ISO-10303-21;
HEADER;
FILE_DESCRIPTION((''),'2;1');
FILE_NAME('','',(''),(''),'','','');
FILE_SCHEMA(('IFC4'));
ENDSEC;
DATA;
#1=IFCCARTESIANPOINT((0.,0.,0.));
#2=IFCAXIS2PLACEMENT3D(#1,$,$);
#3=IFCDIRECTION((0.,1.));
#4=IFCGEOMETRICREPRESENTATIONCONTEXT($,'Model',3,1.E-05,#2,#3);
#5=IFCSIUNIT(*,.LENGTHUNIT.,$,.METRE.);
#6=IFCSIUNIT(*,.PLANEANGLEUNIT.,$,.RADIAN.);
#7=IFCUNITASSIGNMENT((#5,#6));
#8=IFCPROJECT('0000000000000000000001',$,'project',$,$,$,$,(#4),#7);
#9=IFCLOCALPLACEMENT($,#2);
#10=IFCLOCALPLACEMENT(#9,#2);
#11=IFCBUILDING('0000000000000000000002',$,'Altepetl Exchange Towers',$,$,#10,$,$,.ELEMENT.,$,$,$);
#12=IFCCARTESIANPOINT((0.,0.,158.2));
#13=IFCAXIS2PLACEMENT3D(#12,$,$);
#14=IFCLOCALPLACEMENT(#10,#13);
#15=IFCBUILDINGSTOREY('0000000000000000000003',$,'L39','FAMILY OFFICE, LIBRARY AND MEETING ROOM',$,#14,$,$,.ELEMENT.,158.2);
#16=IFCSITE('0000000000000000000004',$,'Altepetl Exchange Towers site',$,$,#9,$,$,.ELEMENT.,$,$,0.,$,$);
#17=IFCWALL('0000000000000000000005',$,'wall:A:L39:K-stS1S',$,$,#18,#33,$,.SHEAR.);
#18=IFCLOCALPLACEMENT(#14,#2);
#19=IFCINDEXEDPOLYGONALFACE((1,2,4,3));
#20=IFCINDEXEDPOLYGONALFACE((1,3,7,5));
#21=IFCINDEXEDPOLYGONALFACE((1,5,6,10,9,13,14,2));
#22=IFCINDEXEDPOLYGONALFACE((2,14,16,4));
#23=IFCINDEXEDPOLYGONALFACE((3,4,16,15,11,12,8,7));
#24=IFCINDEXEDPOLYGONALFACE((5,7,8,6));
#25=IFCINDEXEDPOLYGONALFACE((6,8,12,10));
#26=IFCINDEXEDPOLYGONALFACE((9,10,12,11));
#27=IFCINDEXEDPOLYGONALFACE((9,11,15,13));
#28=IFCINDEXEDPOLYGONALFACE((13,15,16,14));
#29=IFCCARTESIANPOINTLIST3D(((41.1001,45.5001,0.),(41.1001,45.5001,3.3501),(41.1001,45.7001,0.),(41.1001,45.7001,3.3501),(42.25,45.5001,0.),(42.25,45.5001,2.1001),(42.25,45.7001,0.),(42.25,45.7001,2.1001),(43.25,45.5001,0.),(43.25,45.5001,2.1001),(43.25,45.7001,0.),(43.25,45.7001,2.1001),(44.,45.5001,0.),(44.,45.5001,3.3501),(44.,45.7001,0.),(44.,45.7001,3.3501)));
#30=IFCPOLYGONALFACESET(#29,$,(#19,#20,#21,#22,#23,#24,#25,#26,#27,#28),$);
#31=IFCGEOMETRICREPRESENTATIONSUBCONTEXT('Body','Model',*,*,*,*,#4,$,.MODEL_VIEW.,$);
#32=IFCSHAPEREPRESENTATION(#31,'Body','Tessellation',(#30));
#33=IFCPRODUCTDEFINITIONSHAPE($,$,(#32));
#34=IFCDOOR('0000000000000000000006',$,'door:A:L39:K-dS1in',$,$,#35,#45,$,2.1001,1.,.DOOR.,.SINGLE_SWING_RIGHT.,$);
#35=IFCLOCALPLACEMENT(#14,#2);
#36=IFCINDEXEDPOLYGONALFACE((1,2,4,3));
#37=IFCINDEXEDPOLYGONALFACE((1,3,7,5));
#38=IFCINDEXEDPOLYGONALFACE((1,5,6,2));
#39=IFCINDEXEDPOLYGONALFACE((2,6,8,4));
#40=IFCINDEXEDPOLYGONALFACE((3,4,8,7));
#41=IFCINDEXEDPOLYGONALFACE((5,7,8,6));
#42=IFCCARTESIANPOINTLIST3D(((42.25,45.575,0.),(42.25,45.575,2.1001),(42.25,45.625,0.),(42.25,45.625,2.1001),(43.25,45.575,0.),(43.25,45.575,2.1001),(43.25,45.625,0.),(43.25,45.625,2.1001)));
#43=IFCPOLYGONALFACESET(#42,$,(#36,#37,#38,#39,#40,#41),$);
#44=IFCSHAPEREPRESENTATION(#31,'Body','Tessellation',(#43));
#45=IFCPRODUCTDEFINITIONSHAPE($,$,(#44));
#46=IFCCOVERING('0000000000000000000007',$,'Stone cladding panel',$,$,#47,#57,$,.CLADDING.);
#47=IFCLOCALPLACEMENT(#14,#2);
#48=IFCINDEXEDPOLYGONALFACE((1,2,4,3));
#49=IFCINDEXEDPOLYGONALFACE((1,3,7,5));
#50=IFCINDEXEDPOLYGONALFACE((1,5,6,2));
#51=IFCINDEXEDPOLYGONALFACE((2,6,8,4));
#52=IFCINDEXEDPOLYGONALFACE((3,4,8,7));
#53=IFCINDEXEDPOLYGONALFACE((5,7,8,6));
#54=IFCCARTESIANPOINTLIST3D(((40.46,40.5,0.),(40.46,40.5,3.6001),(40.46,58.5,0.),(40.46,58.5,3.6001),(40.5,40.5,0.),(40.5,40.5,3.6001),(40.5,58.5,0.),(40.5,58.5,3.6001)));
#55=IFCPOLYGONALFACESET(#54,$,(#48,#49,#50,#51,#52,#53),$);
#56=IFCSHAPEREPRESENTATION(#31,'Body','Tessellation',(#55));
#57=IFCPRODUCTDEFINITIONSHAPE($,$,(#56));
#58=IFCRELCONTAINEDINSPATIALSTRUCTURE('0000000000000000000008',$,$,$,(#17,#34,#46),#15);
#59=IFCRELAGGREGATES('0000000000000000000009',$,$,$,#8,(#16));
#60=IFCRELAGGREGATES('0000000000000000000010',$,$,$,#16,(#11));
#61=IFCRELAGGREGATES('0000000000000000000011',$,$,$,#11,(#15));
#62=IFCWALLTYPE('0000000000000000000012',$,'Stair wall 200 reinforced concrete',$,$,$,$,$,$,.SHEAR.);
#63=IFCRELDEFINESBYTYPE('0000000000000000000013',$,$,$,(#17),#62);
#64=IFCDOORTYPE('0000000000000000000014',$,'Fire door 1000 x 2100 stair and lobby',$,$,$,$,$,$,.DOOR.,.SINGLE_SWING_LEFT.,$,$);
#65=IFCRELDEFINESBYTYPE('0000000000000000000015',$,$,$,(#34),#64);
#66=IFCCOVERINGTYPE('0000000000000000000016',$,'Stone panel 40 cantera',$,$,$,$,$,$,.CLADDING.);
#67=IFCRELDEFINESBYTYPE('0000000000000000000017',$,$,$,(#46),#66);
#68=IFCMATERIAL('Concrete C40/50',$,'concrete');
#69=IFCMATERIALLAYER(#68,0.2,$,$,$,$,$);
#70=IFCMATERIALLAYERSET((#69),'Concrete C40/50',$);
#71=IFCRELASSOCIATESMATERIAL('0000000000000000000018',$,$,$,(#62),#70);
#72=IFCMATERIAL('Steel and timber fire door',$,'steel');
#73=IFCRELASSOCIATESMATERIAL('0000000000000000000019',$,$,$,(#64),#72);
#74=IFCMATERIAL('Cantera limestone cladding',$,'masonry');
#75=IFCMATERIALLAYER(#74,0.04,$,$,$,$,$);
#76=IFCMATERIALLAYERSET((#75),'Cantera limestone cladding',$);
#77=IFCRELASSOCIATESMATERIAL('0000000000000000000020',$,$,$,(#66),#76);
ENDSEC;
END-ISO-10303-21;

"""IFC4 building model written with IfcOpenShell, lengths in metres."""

from ifc_helpers import new_model, si_unit, direction, frame, frame_2d, origin, origin_2d, place, context, subcontext, project, spatial, rectangle, extrude, material, layer, layer_set, type_object, element, fill, save


model = new_model("IFC4")

# Units and contexts
model_context = context("Model", 3, precision=1e-05, world=origin(), true_north=direction((0.0, 1.0)))
body_context = subcontext(model_context, "Body", "Model", "MODEL_VIEW")
ifc_project = project(units=[si_unit("LENGTHUNIT", "METRE"), si_unit("PLANEANGLEUNIT", "RADIAN")], contexts=[model_context])

# Site, building, storey
site_placement = place(None, origin())
site = spatial("IfcSite", under=ifc_project, at=site_placement, Name="Altepetl Exchange Towers site", CompositionType="ELEMENT", RefElevation=0.0)
building_placement = place(site_placement, origin())
building = spatial("IfcBuilding", under=site, at=building_placement, Name="Altepetl Exchange Towers", CompositionType="ELEMENT")
storey_placement = place(building_placement, frame((0.0, 0.0, 158.2)))
storey = spatial("IfcBuildingStorey", under=building, at=storey_placement, Name="L39", Description="FAMILY OFFICE, LIBRARY AND MEETING ROOM", CompositionType="ELEMENT", Elevation=158.2)

# Shared definitions
ifc_material_1 = material(Name="Concrete C40/50", Category="concrete")
ifc_material_2 = material(Name="Steel and timber fire door", Category="steel")

# Shared definitions
ifc_layer_1 = layer(ifc_material_1, 0.2)
ifc_layer_set_1 = layer_set([ifc_layer_1], Name="Concrete C40/50")
wall_type_1 = type_object("IfcWallType", Name="Stair wall 200 reinforced concrete", PredefinedType="SHEAR", material=ifc_layer_set_1)

# Wall, opening, door
wall_1_placement = place(storey_placement, frame((41.1001, 45.6001, 0.0)))
wall_1 = element("IfcWall", 1, at=wall_1_placement, inside=storey, type_object=wall_type_1, Name="wall:A:L39:K-stS1S", PredefinedType="SHEAR", context=body_context, shape_type="SweptSolid", body=[
    extrude(rectangle(XDim=2.8999, YDim=0.2, at=frame_2d((1.45, 0.0))), origin(), (0.0, 0.0, 1.0), 3.3501),
])
opening_1_placement = place(wall_1_placement, frame((1.1499, 0.0, 0.0)))
opening_1 = element("IfcOpeningElement", 2, at=opening_1_placement, cuts=wall_1, PredefinedType="OPENING", context=body_context, shape_type="SweptSolid", body=[
    extrude(rectangle(XDim=1.0, YDim=2.1001, at=frame_2d((0.5, 1.05))), frame((0.0, 0.1099, 0.0), z_axis=(0.0, -1.0, 0.0), x_axis=(1.0, 0.0, 0.0)), (0.0, 0.0, 1.0), 0.22),
])
door_type_1 = type_object("IfcDoorType", Name="Fire door 1000 x 2100 stair and lobby", OperationType="SINGLE_SWING_LEFT", PredefinedType="DOOR", material=ifc_material_2)
door_1_placement = place(opening_1_placement, origin())
door_1 = element("IfcDoor", 3, at=door_1_placement, inside=storey, type_object=door_type_1, Name="door:A:L39:K-dS1in", OperationType="SINGLE_SWING_RIGHT", OverallHeight=2.1001, OverallWidth=1.0, PredefinedType="DOOR", context=body_context, shape_type="SweptSolid", body=[
    extrude(rectangle(XDim=1.0, YDim=2.1001, at=frame_2d((0.5, 1.05))), frame((0.0, 0.0249, 0.0), z_axis=(0.0, -1.0, 0.0), x_axis=(1.0, 0.0, 0.0)), (0.0, 0.0, 1.0), 0.05),
])
fill(opening_1, door_1)

# Covering
ifc_material_3 = material(Name="Cantera limestone cladding", Category="masonry")
ifc_layer_2 = layer(ifc_material_3, 0.04)
ifc_layer_set_2 = layer_set([ifc_layer_2], Name="Cantera limestone cladding")
covering_type = type_object("IfcCoveringType", Name="Stone panel 40 cantera", PredefinedType="CLADDING", material=ifc_layer_set_2)
covering_placement = place(storey_placement, frame((40.48, 49.5, 0.0), z_axis=(0.0, 0.0, 1.0), x_axis=(0.0, -1.0, 0.0)))
element("IfcCovering", 4, at=covering_placement, inside=storey, type_object=covering_type, Name="Stone cladding panel", PredefinedType="CLADDING", context=body_context, shape_type="SweptSolid", body=[
    extrude(rectangle(XDim=18.0, YDim=0.04, at=origin_2d()), origin(), (0.0, 0.0, 1.0), 3.6001),
])

save(model, "model.ifc")
